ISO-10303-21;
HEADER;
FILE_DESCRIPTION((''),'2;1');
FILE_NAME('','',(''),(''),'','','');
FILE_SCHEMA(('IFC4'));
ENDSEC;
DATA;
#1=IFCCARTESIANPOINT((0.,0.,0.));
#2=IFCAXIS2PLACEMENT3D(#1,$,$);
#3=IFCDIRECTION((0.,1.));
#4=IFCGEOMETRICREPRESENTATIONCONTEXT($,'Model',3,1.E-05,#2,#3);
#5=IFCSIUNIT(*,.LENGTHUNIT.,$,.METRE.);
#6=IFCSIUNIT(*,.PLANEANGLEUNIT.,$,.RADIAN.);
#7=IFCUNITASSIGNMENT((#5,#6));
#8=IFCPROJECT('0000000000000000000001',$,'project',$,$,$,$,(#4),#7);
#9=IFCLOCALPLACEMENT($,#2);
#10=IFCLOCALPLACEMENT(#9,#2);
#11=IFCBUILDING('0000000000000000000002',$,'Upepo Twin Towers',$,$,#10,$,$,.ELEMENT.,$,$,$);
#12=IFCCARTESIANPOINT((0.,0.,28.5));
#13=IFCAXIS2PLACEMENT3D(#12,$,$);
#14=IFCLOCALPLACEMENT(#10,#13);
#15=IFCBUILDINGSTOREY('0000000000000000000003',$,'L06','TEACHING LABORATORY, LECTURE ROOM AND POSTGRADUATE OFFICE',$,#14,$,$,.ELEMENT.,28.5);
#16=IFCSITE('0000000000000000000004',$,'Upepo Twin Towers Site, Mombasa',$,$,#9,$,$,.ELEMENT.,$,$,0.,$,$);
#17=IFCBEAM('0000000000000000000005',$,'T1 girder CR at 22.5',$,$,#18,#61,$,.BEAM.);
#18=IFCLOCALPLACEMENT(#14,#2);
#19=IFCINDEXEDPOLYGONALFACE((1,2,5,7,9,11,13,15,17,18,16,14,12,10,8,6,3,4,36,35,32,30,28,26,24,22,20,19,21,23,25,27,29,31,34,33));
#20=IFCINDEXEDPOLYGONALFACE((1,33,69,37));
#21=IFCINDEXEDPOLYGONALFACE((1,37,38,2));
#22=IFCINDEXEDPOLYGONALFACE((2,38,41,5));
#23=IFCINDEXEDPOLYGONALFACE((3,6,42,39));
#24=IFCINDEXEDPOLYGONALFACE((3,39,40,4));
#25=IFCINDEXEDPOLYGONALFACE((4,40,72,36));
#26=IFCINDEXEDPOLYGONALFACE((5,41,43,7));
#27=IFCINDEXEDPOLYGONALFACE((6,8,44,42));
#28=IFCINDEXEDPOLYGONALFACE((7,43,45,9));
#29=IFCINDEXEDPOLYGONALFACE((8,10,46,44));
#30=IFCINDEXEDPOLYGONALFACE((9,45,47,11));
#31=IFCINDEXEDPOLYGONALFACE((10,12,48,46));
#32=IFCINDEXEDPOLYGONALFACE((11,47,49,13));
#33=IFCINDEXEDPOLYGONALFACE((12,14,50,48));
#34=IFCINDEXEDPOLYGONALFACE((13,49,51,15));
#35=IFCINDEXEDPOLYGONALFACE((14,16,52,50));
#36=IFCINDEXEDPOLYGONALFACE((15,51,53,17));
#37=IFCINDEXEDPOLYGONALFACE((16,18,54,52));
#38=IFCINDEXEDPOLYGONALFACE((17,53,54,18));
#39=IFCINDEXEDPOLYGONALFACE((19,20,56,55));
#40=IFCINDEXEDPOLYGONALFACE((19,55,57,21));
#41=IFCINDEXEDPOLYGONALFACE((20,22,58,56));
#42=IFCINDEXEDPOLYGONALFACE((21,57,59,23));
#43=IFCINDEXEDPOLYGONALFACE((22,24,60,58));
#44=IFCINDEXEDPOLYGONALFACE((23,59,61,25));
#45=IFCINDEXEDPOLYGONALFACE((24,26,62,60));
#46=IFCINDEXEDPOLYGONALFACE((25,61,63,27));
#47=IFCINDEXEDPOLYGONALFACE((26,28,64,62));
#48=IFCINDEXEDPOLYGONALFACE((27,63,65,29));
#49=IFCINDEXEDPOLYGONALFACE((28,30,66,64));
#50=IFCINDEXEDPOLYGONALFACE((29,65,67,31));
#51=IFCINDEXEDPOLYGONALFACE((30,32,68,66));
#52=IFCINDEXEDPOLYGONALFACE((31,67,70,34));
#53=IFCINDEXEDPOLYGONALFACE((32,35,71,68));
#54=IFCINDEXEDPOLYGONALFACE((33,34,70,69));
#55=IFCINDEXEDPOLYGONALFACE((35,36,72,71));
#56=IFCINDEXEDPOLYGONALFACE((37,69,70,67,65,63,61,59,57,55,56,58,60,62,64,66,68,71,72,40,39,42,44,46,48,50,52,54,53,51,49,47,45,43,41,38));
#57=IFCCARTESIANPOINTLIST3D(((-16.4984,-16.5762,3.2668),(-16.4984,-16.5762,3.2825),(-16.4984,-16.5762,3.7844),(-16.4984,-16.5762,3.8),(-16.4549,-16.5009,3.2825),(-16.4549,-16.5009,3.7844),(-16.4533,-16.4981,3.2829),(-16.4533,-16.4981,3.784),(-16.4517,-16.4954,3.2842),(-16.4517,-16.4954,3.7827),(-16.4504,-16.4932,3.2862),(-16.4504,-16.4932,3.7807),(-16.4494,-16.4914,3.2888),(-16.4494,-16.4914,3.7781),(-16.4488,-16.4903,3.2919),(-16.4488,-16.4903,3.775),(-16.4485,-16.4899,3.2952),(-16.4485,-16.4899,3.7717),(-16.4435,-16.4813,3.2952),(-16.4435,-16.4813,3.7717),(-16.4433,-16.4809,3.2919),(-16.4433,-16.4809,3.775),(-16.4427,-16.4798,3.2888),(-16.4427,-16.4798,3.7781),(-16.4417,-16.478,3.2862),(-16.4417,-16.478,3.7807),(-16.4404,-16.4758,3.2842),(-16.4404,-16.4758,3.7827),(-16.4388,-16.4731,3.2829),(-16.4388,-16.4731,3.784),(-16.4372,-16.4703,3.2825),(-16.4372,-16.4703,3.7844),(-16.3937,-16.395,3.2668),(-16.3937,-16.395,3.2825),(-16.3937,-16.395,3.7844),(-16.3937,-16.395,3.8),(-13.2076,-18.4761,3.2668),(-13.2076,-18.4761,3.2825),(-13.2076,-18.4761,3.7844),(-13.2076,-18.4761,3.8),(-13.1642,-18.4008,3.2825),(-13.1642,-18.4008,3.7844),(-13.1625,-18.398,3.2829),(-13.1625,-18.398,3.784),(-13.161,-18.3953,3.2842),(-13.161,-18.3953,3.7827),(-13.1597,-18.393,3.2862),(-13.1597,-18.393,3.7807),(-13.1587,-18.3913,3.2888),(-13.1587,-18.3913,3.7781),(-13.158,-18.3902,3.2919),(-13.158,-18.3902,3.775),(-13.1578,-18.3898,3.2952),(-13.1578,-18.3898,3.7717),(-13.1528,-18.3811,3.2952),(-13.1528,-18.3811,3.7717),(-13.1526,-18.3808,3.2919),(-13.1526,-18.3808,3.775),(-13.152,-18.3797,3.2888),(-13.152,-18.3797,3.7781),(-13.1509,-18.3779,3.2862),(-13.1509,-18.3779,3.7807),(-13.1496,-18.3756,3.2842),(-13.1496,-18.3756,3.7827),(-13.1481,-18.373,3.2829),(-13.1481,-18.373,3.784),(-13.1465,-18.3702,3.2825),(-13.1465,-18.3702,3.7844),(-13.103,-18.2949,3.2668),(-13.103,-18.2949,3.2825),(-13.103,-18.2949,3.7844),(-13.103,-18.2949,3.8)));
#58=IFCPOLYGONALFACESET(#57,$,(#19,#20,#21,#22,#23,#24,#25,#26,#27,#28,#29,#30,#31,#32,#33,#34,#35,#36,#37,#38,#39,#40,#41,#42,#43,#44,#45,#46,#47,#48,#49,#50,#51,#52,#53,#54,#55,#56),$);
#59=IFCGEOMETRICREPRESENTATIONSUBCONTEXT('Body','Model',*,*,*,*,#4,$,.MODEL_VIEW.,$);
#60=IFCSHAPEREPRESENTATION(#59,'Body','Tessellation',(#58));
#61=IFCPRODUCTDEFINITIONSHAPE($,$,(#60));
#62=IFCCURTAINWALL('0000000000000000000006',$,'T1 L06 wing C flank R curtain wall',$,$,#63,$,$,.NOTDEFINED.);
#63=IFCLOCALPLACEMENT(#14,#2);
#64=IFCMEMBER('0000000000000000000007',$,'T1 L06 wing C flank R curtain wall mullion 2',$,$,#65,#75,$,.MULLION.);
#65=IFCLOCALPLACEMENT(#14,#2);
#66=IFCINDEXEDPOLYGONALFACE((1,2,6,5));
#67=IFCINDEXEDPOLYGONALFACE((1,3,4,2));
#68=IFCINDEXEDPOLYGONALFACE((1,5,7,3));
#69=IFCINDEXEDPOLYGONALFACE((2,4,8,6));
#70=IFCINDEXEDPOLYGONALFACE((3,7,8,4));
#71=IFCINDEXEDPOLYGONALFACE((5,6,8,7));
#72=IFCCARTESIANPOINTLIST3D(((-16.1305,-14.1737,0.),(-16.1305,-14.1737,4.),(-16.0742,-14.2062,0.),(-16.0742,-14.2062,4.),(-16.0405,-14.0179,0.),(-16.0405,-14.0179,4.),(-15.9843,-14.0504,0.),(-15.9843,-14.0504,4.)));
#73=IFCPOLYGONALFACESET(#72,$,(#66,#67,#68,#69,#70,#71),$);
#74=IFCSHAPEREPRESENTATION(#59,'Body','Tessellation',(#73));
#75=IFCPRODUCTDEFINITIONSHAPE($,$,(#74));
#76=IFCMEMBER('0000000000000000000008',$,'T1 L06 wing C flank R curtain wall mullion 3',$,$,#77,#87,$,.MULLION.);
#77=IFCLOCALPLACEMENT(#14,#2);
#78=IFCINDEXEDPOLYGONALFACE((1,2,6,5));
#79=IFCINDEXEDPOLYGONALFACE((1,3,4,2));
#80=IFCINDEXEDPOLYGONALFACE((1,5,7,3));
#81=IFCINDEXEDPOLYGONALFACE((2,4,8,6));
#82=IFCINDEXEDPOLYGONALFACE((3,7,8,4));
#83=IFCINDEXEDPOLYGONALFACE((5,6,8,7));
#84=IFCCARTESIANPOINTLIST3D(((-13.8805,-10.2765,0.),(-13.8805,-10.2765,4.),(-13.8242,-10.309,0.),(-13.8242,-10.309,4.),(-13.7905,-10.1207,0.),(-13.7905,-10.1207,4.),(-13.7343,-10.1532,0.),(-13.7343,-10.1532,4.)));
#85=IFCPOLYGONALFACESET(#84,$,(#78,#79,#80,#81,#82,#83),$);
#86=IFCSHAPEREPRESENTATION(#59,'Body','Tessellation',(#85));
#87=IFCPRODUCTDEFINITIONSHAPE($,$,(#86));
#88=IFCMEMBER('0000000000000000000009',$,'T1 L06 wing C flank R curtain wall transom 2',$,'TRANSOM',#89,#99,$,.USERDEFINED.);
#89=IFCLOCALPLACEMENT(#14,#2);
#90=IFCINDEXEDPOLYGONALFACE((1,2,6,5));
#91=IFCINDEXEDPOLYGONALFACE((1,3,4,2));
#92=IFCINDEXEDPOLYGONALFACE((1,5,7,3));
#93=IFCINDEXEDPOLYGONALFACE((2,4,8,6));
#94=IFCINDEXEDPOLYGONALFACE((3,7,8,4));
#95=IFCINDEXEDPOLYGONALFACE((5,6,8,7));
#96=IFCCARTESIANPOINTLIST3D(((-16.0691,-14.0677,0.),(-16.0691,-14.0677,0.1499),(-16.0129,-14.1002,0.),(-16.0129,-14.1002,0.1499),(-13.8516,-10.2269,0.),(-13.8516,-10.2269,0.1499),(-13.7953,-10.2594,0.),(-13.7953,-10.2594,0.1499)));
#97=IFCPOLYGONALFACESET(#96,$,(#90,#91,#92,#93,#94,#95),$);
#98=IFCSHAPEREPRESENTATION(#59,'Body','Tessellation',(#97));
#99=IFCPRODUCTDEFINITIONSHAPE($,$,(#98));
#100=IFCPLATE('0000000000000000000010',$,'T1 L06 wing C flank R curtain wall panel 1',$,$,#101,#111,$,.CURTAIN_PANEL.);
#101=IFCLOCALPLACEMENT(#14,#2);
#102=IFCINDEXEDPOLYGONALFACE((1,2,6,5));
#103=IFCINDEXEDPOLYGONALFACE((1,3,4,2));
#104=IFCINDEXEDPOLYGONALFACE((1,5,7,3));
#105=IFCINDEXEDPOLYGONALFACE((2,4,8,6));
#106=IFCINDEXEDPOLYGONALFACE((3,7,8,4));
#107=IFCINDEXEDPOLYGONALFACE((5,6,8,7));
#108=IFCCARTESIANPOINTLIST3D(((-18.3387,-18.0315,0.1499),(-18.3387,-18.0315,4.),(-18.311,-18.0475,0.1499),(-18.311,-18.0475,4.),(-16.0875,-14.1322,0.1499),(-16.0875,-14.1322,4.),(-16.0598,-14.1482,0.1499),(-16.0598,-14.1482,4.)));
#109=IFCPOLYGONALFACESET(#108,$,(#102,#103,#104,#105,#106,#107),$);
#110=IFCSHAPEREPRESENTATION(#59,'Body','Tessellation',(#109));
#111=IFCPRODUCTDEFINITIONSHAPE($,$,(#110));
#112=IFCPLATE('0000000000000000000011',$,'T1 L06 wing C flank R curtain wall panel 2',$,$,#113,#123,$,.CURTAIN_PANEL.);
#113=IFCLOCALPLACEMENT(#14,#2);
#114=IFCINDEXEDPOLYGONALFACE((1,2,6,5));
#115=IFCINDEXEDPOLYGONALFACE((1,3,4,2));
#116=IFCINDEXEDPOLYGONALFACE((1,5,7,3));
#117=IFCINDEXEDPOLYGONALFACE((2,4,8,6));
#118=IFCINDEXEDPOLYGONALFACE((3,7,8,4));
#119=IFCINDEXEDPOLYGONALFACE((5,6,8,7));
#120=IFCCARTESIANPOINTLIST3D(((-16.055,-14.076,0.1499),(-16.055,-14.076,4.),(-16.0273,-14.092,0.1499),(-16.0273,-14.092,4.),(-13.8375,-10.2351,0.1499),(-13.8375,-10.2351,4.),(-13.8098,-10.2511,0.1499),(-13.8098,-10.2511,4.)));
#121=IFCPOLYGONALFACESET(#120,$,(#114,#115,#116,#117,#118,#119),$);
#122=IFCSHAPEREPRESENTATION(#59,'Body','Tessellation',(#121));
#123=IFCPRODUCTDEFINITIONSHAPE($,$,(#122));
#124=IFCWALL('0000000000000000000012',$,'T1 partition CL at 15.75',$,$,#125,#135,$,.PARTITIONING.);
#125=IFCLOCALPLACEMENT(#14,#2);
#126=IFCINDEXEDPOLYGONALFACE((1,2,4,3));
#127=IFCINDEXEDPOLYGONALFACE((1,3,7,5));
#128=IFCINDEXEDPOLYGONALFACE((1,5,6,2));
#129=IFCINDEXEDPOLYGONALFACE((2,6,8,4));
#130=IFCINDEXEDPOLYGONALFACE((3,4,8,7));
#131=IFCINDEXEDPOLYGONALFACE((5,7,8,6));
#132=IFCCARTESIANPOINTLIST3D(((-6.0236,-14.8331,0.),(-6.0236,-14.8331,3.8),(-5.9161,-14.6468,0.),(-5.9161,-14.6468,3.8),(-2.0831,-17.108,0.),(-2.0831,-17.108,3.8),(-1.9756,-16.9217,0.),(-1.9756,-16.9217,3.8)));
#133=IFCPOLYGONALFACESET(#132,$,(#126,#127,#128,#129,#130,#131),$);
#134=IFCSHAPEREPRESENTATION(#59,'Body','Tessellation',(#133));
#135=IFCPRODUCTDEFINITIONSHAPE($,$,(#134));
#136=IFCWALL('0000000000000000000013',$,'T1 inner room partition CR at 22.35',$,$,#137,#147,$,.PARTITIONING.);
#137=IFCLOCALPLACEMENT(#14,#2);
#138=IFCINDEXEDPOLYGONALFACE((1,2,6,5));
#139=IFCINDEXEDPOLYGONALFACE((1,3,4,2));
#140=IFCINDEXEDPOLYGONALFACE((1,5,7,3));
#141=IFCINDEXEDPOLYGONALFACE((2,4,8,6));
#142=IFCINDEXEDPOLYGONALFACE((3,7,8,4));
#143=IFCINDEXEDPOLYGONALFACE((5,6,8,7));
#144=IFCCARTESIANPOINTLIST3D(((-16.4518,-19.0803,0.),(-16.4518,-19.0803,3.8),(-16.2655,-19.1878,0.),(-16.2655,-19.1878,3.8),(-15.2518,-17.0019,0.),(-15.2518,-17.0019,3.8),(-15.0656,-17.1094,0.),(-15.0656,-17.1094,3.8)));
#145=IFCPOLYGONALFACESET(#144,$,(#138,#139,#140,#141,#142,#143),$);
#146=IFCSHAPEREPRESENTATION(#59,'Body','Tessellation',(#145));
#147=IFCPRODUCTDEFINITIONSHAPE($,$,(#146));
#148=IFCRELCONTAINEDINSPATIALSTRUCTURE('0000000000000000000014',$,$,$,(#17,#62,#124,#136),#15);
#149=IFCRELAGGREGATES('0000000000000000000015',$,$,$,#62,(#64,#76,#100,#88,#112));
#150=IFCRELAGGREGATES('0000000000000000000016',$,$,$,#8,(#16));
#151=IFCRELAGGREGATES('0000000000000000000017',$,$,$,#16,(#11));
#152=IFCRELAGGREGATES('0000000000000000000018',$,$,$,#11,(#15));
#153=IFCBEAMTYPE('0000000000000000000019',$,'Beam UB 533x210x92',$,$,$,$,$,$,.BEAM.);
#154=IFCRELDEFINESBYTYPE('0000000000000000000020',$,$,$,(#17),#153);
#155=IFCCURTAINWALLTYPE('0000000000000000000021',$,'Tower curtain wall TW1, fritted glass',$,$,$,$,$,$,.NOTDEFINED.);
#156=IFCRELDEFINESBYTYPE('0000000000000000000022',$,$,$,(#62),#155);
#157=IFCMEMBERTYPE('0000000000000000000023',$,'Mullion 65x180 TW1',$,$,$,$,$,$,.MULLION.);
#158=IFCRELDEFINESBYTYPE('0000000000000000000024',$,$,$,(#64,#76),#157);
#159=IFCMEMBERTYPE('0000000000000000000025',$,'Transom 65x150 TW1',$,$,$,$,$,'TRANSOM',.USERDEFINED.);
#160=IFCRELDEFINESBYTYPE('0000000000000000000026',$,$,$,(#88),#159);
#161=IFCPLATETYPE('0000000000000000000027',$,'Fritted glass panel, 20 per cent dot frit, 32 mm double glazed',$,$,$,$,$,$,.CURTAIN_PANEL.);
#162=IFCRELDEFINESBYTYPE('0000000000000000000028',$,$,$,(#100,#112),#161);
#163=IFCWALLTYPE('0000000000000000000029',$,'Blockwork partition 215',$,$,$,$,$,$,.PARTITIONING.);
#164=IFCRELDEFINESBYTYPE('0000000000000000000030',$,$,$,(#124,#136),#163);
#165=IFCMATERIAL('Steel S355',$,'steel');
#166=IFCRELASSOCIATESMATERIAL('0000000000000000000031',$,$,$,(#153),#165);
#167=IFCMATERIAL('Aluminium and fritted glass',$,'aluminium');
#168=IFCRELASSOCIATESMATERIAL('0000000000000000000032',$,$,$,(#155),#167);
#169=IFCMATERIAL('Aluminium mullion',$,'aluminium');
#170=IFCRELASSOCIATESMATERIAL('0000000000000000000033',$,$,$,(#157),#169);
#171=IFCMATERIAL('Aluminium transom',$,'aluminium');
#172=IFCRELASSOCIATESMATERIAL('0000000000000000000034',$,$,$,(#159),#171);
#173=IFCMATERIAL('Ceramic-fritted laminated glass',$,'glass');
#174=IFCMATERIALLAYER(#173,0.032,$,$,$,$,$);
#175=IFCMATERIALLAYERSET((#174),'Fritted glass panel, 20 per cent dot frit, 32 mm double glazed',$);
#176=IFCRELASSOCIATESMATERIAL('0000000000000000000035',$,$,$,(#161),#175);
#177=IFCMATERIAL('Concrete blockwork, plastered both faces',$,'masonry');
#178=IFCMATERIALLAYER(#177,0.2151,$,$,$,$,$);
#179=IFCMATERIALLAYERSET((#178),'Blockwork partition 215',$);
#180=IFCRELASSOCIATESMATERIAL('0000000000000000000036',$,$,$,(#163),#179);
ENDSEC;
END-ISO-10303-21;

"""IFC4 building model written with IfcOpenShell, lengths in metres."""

from ifc_helpers import new_model, si_unit, direction, frame, frame_2d, origin, origin_2d, place, context, subcontext, project, spatial, rectangle, i_section, extrude, material, layer, layer_set, material_profile, profile_set, type_object, element, aggregate, save


model = new_model("IFC4")

# Units and contexts
model_context = context("Model", 3, precision=1e-05, world=origin(), true_north=direction((0.0, 1.0)))
body_context = subcontext(model_context, "Body", "Model", "MODEL_VIEW")
ifc_project = project(units=[si_unit("LENGTHUNIT", "METRE"), si_unit("PLANEANGLEUNIT", "RADIAN")], contexts=[model_context])

# Site, building, storey
site_placement = place(None, origin())
site = spatial("IfcSite", under=ifc_project, at=site_placement, Name="Upepo Twin Towers Site, Mombasa", CompositionType="ELEMENT", RefElevation=0.0)
building_placement = place(site_placement, origin())
building = spatial("IfcBuilding", under=site, at=building_placement, Name="Upepo Twin Towers", CompositionType="ELEMENT")
storey_placement = place(building_placement, frame((0.0, 0.0, 28.5)))
storey = spatial("IfcBuildingStorey", under=building, at=storey_placement, Name="L06", Description="TEACHING LABORATORY, LECTURE ROOM AND POSTGRADUATE OFFICE", CompositionType="ELEMENT", Elevation=28.5)

# Beam
ifc_material_1 = material(Name="Steel S355", Category="steel")
ifc_material_profile_1 = material_profile(ifc_material_1, i_section(OverallWidth=0.2092, OverallDepth=0.5332, WebThickness=0.01, FlangeThickness=0.0156, FilletRadius=0.0127, at=origin_2d()), Name="UB 533x210x92")
ifc_profile_set_1 = profile_set([ifc_material_profile_1], Name="Steel S355")
beam_type_1 = type_object("IfcBeamType", Name="Beam UB 533x210x92", PredefinedType="BEAM", material=ifc_profile_set_1)
beam_1_placement = place(storey_placement, frame((-16.446, -16.4856, 3.5334), z_axis=(0.866028, -0.499995, 0.0), x_axis=(0.499995, 0.866028, 0.0)))
element("IfcBeam", 1, at=beam_1_placement, inside=storey, type_object=beam_type_1, Name="T1 girder CR at 22.5", PredefinedType="BEAM", context=body_context, shape_type="SweptSolid", body=[
    extrude(i_section(OverallWidth=0.2092, OverallDepth=0.5332, WebThickness=0.01, FlangeThickness=0.0156, FilletRadius=0.0127, at=origin_2d()), origin(), (0.0, 0.0, 1.0), 3.7998),
])

# Curtain wall, members, plates
ifc_material_2 = material(Name="Aluminium and fritted glass", Category="aluminium")
curtain_wall_type = type_object("IfcCurtainWallType", Name="Tower curtain wall TW1, fritted glass", PredefinedType="NOTDEFINED", material=ifc_material_2)
curtain_wall_placement = place(storey_placement, origin())
curtain_wall = element("IfcCurtainWall", 2, at=curtain_wall_placement, inside=storey, type_object=curtain_wall_type, Name="T1 L06 wing C flank R curtain wall", PredefinedType="NOTDEFINED")
ifc_material_3 = material(Name="Aluminium mullion", Category="aluminium")
ifc_material_profile_2 = material_profile(ifc_material_3, rectangle(XDim=0.0649, YDim=0.1799, at=origin_2d()), Name="MULLION 65x180")
ifc_profile_set_2 = profile_set([ifc_material_profile_2], Name="Aluminium mullion")
member_type_1 = type_object("IfcMemberType", Name="Mullion 65x180 TW1", PredefinedType="MULLION", material=ifc_profile_set_2)
member_1_placement = place(storey_placement, frame((-16.0574, -14.1121, 0.0), z_axis=(0.0, 0.0, 1.0), x_axis=(-0.866025, 0.5, 0.0)))
member_1 = element("IfcMember", 3, at=member_1_placement, type_object=member_type_1, Name="T1 L06 wing C flank R curtain wall mullion 2", PredefinedType="MULLION", context=body_context, shape_type="SweptSolid", body=[
    extrude(rectangle(XDim=0.0649, YDim=0.1799, at=origin_2d()), origin(), (0.0, 0.0, 1.0), 4.0),
])
member_2_placement = place(storey_placement, frame((-13.8074, -10.2148, 0.0), z_axis=(0.0, 0.0, 1.0), x_axis=(-0.866025, 0.5, 0.0)))
member_2 = element("IfcMember", 4, at=member_2_placement, type_object=member_type_1, Name="T1 L06 wing C flank R curtain wall mullion 3", PredefinedType="MULLION", context=body_context, shape_type="SweptSolid", body=[
    extrude(rectangle(XDim=0.0649, YDim=0.1799, at=origin_2d()), origin(), (0.0, 0.0, 1.0), 4.0),
])
ifc_material_4 = material(Name="Aluminium transom", Category="aluminium")
ifc_material_profile_3 = material_profile(ifc_material_4, rectangle(XDim=0.0649, YDim=0.1499, at=origin_2d()), Name="TRANSOM 65x150")
ifc_profile_set_3 = profile_set([ifc_material_profile_3], Name="Aluminium transom")
member_type_2 = type_object("IfcMemberType", Name="Transom 65x150 TW1", ElementType="TRANSOM", PredefinedType="USERDEFINED", material=ifc_profile_set_3)
member_3_placement = place(storey_placement, frame((-16.041, -14.084, 0.075), z_axis=(0.500005, 0.866022, 0.0), x_axis=(-0.866022, 0.500005, 0.0)))
member_3 = element("IfcMember", 5, at=member_3_placement, type_object=member_type_2, Name="T1 L06 wing C flank R curtain wall transom 2", ObjectType="TRANSOM", PredefinedType="USERDEFINED", context=body_context, shape_type="SweptSolid", body=[
    extrude(rectangle(XDim=0.0649, YDim=0.1499, at=origin_2d()), origin(), (0.0, 0.0, 1.0), 4.4351),
])
ifc_material_5 = material(Name="Ceramic-fritted laminated glass", Category="glass")
ifc_layer_1 = layer(ifc_material_5, 0.032)
ifc_layer_set_1 = layer_set([ifc_layer_1], Name="Fritted glass panel, 20 per cent dot frit, 32 mm double glazed")
plate_type = type_object("IfcPlateType", Name="Fritted glass panel, 20 per cent dot frit, 32 mm double glazed", PredefinedType="CURTAIN_PANEL", material=ifc_layer_set_1)
plate_1_placement = place(storey_placement, frame((-17.1992, -16.0898, 0.1499), z_axis=(0.0, 0.0, 1.0), x_axis=(0.5, 0.866025, 0.0)))
plate_1 = element("IfcPlate", 6, at=plate_1_placement, type_object=plate_type, Name="T1 L06 wing C flank R curtain wall panel 1", PredefinedType="CURTAIN_PANEL", context=body_context, shape_type="SweptSolid", body=[
    extrude(rectangle(XDim=4.5024, YDim=0.032, at=origin_2d()), origin(), (0.0, 0.0, 1.0), 3.8501),
])
plate_2_placement = place(storey_placement, frame((-14.9324, -12.1636, 0.1499), z_axis=(0.0, 0.0, 1.0), x_axis=(0.5, 0.866025, 0.0)))
plate_2 = element("IfcPlate", 7, at=plate_2_placement, type_object=plate_type, Name="T1 L06 wing C flank R curtain wall panel 2", PredefinedType="CURTAIN_PANEL", context=body_context, shape_type="SweptSolid", body=[
    extrude(rectangle(XDim=4.4351, YDim=0.032, at=origin_2d()), origin(), (0.0, 0.0, 1.0), 3.8501),
])
aggregate(curtain_wall, [member_1, member_2, plate_1, member_3, plate_2])

# Walls
ifc_material_6 = material(Name="Concrete blockwork, plastered both faces", Category="masonry")
ifc_layer_2 = layer(ifc_material_6, 0.2151)
ifc_layer_set_2 = layer_set([ifc_layer_2], Name="Blockwork partition 215")
wall_type_1 = type_object("IfcWallType", Name="Blockwork partition 215", PredefinedType="PARTITIONING", material=ifc_layer_set_2)
wall_1_placement = place(storey_placement, frame((-5.9697, -14.74, 0.0), z_axis=(0.0, 0.0, 1.0), x_axis=(0.866035, -0.499983, 0.0)))
element("IfcWall", 8, at=wall_1_placement, inside=storey, type_object=wall_type_1, Name="T1 partition CL at 15.75", PredefinedType="PARTITIONING", context=body_context, shape_type="SweptSolid", body=[
    extrude(rectangle(XDim=4.55, YDim=0.2151, at=frame_2d((2.2749, 0.0))), origin(), (0.0, 0.0, 1.0), 3.8),
])
wall_2_placement = place(storey_placement, frame((-15.1587, -17.0557, 0.0), z_axis=(0.0, 0.0, 1.0), x_axis=(-0.500001, -0.866025, 0.0)))
element("IfcWall", 9, at=wall_2_placement, inside=storey, type_object=wall_type_1, Name="T1 inner room partition CR at 22.35", PredefinedType="PARTITIONING", context=body_context, shape_type="SweptSolid", body=[
    extrude(rectangle(XDim=2.3999, YDim=0.2151, at=frame_2d((1.2, 0.0))), origin(), (0.0, 0.0, 1.0), 3.8),
])

save(model, "model.ifc")
